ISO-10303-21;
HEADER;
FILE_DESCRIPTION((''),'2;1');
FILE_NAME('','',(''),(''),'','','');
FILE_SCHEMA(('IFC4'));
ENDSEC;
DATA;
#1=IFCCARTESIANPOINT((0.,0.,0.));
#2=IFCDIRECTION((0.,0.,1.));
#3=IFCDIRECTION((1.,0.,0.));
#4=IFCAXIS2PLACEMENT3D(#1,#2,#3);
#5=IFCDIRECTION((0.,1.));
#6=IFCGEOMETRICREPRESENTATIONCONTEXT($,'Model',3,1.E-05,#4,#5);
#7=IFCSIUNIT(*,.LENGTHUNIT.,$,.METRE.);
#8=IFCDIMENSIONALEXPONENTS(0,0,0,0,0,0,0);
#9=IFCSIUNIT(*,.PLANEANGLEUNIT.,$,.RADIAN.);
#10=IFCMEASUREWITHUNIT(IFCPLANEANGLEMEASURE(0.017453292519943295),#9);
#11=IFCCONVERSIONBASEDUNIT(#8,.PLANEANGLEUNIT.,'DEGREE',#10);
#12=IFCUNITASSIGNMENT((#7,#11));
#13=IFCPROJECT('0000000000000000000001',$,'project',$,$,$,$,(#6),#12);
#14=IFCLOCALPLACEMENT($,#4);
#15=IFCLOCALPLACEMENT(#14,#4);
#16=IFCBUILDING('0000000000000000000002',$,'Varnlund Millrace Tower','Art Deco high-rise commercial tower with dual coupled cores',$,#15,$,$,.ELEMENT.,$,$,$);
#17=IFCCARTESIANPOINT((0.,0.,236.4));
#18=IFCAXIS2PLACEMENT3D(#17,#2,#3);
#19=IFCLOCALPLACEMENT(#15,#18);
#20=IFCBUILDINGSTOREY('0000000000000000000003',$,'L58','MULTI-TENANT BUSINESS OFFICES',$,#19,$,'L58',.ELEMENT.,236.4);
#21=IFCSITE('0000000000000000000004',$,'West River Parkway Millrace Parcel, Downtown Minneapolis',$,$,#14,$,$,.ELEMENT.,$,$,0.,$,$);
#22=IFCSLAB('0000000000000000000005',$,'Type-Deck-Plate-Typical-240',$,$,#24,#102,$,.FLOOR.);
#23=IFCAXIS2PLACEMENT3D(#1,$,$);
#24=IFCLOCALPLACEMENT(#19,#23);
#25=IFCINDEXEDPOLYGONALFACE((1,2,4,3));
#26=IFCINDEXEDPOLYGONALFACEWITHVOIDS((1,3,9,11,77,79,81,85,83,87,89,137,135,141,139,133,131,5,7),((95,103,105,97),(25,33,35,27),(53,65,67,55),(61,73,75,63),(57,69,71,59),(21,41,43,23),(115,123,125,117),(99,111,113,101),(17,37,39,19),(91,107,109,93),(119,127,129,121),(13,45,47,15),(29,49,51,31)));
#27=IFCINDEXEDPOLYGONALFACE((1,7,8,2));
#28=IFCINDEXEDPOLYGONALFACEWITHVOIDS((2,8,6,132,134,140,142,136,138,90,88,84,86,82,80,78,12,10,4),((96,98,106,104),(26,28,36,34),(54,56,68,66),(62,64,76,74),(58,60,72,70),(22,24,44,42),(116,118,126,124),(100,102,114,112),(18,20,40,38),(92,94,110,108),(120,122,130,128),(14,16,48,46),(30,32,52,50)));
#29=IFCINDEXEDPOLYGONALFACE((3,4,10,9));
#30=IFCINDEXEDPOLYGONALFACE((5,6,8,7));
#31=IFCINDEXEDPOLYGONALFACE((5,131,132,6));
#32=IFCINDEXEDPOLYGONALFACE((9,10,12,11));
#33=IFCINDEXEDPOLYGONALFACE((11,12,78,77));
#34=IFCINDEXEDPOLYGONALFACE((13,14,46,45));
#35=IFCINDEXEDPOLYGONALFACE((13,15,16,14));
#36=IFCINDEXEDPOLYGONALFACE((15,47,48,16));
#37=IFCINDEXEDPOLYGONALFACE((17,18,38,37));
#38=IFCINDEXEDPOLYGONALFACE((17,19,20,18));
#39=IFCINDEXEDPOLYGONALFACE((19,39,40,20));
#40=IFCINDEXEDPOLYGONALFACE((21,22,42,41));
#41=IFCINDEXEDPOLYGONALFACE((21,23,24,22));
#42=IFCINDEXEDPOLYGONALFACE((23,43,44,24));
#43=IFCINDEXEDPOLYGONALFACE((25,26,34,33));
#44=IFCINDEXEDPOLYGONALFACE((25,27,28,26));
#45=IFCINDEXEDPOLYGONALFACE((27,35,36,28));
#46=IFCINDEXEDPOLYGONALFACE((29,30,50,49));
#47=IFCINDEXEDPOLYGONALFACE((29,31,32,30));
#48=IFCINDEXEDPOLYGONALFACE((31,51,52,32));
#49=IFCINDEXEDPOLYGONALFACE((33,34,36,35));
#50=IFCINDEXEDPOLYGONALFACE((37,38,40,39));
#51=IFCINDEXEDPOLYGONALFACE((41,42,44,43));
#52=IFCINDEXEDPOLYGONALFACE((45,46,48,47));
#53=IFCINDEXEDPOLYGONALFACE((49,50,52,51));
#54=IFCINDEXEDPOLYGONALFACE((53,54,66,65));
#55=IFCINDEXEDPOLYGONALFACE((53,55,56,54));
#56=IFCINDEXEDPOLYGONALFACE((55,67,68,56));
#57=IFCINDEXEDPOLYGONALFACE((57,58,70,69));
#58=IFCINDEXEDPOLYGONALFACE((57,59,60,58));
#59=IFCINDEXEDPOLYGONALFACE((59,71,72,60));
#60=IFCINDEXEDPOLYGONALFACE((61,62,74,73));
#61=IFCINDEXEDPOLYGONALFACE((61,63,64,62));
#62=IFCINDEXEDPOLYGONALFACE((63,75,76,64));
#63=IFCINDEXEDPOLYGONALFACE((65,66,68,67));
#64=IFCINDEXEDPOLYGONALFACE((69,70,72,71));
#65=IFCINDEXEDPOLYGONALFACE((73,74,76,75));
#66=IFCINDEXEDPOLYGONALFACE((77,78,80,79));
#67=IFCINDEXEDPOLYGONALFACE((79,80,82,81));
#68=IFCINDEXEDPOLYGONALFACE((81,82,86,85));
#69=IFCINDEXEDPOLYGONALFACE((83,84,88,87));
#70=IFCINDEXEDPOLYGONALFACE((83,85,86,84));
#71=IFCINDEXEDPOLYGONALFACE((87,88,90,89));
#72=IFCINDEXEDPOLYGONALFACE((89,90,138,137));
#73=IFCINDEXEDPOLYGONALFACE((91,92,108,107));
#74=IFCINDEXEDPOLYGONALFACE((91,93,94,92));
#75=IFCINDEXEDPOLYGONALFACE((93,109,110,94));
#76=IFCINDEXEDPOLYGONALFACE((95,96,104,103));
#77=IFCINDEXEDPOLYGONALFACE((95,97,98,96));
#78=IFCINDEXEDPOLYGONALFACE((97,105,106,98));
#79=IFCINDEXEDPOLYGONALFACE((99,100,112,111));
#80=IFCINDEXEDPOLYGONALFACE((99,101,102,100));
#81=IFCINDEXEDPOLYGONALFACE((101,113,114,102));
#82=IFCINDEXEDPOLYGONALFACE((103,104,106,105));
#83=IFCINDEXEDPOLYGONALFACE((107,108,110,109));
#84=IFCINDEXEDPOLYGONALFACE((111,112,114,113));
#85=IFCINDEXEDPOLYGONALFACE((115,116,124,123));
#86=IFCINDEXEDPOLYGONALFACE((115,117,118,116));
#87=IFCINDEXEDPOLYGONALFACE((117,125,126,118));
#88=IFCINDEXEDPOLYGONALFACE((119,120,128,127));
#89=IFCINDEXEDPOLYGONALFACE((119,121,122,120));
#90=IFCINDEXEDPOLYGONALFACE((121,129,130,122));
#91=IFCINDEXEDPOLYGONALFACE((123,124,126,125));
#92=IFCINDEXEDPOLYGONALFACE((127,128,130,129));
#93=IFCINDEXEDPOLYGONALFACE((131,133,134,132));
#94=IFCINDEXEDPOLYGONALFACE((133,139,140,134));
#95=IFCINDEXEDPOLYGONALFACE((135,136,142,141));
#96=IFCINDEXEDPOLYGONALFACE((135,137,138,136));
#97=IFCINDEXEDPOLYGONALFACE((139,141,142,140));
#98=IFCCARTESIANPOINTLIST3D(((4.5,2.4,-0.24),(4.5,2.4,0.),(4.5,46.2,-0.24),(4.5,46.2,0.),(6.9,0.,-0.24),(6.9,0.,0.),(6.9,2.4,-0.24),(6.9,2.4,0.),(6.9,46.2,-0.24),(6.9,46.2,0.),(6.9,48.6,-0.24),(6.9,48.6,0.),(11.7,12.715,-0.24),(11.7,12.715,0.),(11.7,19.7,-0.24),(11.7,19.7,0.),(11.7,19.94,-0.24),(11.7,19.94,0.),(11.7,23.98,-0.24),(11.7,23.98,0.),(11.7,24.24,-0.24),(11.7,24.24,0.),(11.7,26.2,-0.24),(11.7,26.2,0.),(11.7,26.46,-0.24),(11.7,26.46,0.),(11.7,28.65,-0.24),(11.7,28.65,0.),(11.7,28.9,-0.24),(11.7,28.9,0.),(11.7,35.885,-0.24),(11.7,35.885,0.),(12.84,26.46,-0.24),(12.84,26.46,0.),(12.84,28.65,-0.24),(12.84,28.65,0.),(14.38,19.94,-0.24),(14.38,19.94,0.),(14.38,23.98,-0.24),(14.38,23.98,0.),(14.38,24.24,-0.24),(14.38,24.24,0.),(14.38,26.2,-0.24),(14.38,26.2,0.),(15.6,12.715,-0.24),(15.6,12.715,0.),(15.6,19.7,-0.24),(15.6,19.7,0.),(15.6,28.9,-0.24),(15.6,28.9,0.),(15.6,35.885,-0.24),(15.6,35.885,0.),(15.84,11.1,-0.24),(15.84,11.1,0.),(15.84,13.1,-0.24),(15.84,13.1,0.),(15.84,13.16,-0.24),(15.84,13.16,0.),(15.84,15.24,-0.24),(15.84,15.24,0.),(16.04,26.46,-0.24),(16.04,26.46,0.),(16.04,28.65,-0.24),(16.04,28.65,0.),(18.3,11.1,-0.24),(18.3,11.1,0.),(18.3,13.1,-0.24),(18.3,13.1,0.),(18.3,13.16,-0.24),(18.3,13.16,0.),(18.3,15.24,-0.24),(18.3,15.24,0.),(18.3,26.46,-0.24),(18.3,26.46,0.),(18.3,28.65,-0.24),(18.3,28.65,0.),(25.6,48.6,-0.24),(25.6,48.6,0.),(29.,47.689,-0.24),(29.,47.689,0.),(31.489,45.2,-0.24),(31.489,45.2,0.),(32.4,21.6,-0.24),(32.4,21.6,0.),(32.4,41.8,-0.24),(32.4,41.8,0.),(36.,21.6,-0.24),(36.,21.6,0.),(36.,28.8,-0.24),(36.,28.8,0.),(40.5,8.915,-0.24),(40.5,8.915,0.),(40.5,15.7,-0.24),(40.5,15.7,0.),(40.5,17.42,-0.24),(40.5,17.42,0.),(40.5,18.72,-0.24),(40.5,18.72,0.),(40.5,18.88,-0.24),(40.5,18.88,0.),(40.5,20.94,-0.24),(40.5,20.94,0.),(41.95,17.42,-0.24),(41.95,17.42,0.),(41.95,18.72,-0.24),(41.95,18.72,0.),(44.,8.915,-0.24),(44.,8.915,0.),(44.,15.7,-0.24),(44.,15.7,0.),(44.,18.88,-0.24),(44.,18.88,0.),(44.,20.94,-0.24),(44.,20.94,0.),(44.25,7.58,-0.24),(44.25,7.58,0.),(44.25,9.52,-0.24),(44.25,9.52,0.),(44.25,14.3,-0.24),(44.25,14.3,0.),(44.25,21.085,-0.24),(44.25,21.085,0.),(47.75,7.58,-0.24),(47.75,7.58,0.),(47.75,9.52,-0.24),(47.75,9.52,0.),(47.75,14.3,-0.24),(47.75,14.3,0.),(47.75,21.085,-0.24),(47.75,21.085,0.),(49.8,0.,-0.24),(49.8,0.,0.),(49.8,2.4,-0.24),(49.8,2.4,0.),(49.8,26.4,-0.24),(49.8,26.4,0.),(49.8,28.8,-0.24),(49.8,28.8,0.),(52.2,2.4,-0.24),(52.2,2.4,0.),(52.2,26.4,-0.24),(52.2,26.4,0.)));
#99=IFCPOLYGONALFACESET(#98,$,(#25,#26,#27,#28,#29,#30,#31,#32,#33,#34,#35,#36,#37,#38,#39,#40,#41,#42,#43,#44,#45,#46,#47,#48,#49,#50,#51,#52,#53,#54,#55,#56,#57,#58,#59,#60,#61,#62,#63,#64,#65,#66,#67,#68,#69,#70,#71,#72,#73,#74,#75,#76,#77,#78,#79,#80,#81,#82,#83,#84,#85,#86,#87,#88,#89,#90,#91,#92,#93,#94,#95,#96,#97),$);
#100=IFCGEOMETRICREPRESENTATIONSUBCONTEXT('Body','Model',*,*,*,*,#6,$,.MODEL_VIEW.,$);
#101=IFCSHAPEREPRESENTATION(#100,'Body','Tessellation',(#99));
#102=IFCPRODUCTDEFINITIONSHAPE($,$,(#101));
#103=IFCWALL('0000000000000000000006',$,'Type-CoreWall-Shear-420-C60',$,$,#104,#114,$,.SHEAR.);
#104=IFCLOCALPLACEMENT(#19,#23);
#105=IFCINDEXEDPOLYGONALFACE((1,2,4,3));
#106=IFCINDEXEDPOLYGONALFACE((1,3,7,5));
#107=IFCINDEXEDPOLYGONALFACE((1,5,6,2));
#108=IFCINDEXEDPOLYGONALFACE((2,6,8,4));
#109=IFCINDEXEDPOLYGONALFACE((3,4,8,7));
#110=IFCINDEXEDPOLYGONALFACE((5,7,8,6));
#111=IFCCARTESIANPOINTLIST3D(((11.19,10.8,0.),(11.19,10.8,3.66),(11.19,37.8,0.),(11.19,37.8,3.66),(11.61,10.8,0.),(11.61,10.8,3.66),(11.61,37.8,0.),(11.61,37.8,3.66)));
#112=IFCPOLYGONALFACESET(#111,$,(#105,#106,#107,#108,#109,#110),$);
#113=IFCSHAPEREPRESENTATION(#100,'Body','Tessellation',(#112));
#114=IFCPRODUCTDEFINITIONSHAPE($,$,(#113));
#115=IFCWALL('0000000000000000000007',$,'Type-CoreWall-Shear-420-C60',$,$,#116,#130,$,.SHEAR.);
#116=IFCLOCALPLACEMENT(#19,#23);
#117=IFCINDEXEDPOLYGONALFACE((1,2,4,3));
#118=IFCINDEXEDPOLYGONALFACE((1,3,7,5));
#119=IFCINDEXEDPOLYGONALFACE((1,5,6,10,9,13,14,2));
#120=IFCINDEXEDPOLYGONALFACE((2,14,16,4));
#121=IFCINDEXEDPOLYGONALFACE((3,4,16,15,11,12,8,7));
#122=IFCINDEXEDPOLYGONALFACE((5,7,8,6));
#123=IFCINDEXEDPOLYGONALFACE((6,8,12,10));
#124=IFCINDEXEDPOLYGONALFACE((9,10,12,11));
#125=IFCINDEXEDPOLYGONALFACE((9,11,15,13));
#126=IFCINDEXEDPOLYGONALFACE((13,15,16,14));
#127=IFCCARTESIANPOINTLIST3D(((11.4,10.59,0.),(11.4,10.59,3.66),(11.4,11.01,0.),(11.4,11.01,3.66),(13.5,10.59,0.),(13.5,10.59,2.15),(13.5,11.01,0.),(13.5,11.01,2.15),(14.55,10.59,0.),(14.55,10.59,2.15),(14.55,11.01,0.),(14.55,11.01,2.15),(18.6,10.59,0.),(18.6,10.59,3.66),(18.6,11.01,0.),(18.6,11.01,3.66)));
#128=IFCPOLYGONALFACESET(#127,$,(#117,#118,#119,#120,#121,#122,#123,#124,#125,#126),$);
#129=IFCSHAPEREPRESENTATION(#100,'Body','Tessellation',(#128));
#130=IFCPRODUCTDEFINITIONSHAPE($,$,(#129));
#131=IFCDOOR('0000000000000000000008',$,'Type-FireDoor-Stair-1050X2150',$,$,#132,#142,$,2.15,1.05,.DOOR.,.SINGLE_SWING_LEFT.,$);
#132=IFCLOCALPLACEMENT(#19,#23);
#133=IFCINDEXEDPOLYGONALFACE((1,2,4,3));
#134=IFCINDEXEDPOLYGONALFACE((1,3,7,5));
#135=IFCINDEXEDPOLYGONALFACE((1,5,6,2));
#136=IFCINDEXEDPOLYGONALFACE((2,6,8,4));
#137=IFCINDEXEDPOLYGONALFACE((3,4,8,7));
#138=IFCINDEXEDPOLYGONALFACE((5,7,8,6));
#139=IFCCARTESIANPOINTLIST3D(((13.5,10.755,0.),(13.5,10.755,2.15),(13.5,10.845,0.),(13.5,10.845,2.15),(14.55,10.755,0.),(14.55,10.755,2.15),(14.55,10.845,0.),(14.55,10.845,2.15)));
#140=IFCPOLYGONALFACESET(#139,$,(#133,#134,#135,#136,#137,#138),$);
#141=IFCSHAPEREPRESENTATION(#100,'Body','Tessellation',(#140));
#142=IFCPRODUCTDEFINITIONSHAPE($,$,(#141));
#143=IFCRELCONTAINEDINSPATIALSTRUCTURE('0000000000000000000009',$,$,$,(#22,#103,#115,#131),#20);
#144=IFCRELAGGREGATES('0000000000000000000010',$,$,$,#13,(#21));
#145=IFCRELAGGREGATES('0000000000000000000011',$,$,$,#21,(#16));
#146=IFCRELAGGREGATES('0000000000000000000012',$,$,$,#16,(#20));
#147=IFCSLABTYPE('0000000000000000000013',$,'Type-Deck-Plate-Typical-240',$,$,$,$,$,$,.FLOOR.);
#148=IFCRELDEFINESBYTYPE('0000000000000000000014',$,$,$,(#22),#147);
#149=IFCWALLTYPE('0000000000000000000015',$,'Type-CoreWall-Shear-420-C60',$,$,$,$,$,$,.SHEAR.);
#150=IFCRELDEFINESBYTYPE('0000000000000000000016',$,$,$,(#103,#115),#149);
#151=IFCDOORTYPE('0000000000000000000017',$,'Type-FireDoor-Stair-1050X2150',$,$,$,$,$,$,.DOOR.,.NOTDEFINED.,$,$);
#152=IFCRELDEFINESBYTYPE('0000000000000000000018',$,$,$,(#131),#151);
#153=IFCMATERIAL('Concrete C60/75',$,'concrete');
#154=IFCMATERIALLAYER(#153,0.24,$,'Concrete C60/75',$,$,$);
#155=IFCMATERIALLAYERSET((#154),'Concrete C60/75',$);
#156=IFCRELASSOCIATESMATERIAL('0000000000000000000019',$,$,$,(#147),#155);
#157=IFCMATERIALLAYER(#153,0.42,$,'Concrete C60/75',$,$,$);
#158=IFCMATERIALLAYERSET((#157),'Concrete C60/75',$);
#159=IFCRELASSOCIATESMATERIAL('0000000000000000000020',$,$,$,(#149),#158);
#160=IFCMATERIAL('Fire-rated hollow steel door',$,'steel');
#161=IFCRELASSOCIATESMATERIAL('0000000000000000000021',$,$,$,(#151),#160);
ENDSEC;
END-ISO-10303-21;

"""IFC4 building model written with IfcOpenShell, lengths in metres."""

from ifc_helpers import new_model, entity, si_unit, converted_unit, direction, frame, origin_with_axes, origin_2d_with_axis, place, context, subcontext, project, spatial, polyline, rectangle, outline, extrude, material, layer, layer_set, type_object, element, fill, save


model = new_model("IFC4")

# Units and contexts
model_context = context("Model", 3, precision=1e-05, world=origin_with_axes(), true_north=direction((0.0, 1.0)))
body_context = subcontext(model_context, "Body", "Model", "MODEL_VIEW")
ifc_project = project(units=[si_unit("LENGTHUNIT", "METRE"), converted_unit("PLANEANGLEUNIT", "DEGREE", entity("IfcPlaneAngleMeasure", 0.017453292519943295), si_unit("PLANEANGLEUNIT", "RADIAN"), dimensions=[0, 0, 0, 0, 0, 0, 0])], contexts=[model_context])

# Site, building, storey
site_placement = place(None, origin_with_axes())
site = spatial("IfcSite", under=ifc_project, at=site_placement, Name="West River Parkway Millrace Parcel, Downtown Minneapolis", CompositionType="ELEMENT", RefElevation=0.0)
building_placement = place(site_placement, origin_with_axes())
building = spatial("IfcBuilding", under=site, at=building_placement, Name="Varnlund Millrace Tower", Description="Art Deco high-rise commercial tower with dual coupled cores", CompositionType="ELEMENT")
storey_placement = place(building_placement, frame((0.0, 0.0, 236.4), z_axis=(0.0, 0.0, 1.0), x_axis=(1.0, 0.0, 0.0)))
storey = spatial("IfcBuildingStorey", under=building, at=storey_placement, Name="L58", Description="MULTI-TENANT BUSINESS OFFICES", LongName="L58", CompositionType="ELEMENT", Elevation=236.4)

# Slab
ifc_material_1 = material(Name="Concrete C60/75", Category="concrete")
ifc_layer_1 = layer(ifc_material_1, 0.24, Name="Concrete C60/75")
ifc_layer_set_1 = layer_set([ifc_layer_1], Name="Concrete C60/75")
slab_type = type_object("IfcSlabType", Name="Type-Deck-Plate-Typical-240", PredefinedType="FLOOR", material=ifc_layer_set_1)
slab_placement = place(storey_placement, frame((0.0, 0.0, -0.24), z_axis=(0.0, 0.0, 1.0), x_axis=(1.0, 0.0, 0.0)))
element("IfcSlab", 1, at=slab_placement, inside=storey, type_object=slab_type, Name="Type-Deck-Plate-Typical-240", PredefinedType="FLOOR", context=body_context, shape_type="SweptSolid", body=[
    extrude(outline(polyline([(32.4, 21.6), (32.4, 41.8), (31.489, 45.2), (29.0, 47.689), (25.6, 48.6), (6.9, 48.6), (6.9, 46.2), (4.5, 46.2), (4.5, 2.4), (6.9, 2.4), (6.9, 0.0), (49.8, 0.0), (49.8, 2.4), (52.2, 2.4), (52.2, 26.4), (49.8, 26.4), (49.8, 28.8), (36.0, 28.8), (36.0, 21.6), (32.4, 21.6)]), holes=[polyline([(18.3, 13.1), (18.3, 11.1), (15.84, 11.1), (15.84, 13.1), (18.3, 13.1)]), polyline([(15.6, 12.715), (11.7, 12.715), (11.7, 19.7), (15.6, 19.7), (15.6, 12.715)]), polyline([(11.7, 19.94), (11.7, 23.98), (14.38, 23.98), (14.38, 19.94), (11.7, 19.94)]), polyline([(14.38, 24.24), (11.7, 24.24), (11.7, 26.2), (14.38, 26.2), (14.38, 24.24)]), polyline([(12.84, 26.46), (11.7, 26.46), (11.7, 28.65), (12.84, 28.65), (12.84, 26.46)]), polyline([(15.6, 28.9), (11.7, 28.9), (11.7, 35.885), (15.6, 35.885), (15.6, 28.9)]), polyline([(47.75, 9.52), (47.75, 7.58), (44.25, 7.58), (44.25, 9.52), (47.75, 9.52)]), polyline([(44.0, 8.915), (40.5, 8.915), (40.5, 15.7), (44.0, 15.7), (44.0, 8.915)]), polyline([(18.3, 13.16), (15.84, 13.16), (15.84, 15.24), (18.3, 15.24), (18.3, 13.16)]), polyline([(47.75, 14.3), (44.25, 14.3), (44.25, 21.085), (47.75, 21.085), (47.75, 14.3)]), polyline([(41.95, 17.42), (40.5, 17.42), (40.5, 18.72), (41.95, 18.72), (41.95, 17.42)]), polyline([(44.0, 18.88), (40.5, 18.88), (40.5, 20.94), (44.0, 20.94), (44.0, 18.88)]), polyline([(18.3, 26.46), (16.04, 26.46), (16.04, 28.65), (18.3, 28.65), (18.3, 26.46)])]), origin_with_axes(), (0.0, 0.0, 1.0), 0.24),
])

# Wall
ifc_layer_2 = layer(ifc_material_1, 0.42, Name="Concrete C60/75")
ifc_layer_set_2 = layer_set([ifc_layer_2], Name="Concrete C60/75")
wall_type = type_object("IfcWallType", Name="Type-CoreWall-Shear-420-C60", PredefinedType="SHEAR", material=ifc_layer_set_2)
wall_1_placement = place(storey_placement, frame((11.4, 10.8, 0.0), z_axis=(0.0, 0.0, 1.0), x_axis=(0.0, 1.0, 0.0)))
element("IfcWall", 2, at=wall_1_placement, inside=storey, type_object=wall_type, Name="Type-CoreWall-Shear-420-C60", PredefinedType="SHEAR", context=body_context, shape_type="SweptSolid", body=[
    extrude(outline(polyline([(0.0, -0.21), (27.0, -0.21), (27.0, 0.21), (0.0, 0.21), (0.0, -0.21)])), origin_with_axes(), (0.0, 0.0, 1.0), 3.66),
])

# Wall, opening, door
wall_2_placement = place(storey_placement, frame((11.4, 10.8, 0.0), z_axis=(0.0, 0.0, 1.0), x_axis=(1.0, 0.0, 0.0)))
wall_2 = element("IfcWall", 3, at=wall_2_placement, inside=storey, type_object=wall_type, Name="Type-CoreWall-Shear-420-C60", PredefinedType="SHEAR", context=body_context, shape_type="SweptSolid", body=[
    extrude(outline(polyline([(0.0, -0.21), (7.2, -0.21), (7.2, 0.21), (0.0, 0.21), (0.0, -0.21)])), origin_with_axes(), (0.0, 0.0, 1.0), 3.66),
])
opening_placement = place(wall_2_placement, frame((2.625, 0.0, 0.0), z_axis=(0.0, 0.0, 1.0), x_axis=(1.0, 0.0, 0.0)))
opening = element("IfcOpeningElement", 4, at=opening_placement, cuts=wall_2, PredefinedType="OPENING", context=body_context, shape_type="SweptSolid", body=[
    extrude(rectangle(XDim=1.05, YDim=0.44, at=origin_2d_with_axis()), origin_with_axes(), (0.0, 0.0, 1.0), 2.15),
])
ifc_material_2 = material(Name="Fire-rated hollow steel door", Category="steel")
door_type = type_object("IfcDoorType", Name="Type-FireDoor-Stair-1050X2150", OperationType="NOTDEFINED", PredefinedType="DOOR", material=ifc_material_2)
door_placement = place(wall_2_placement, frame((2.625, 0.0, 0.0), z_axis=(0.0, 0.0, 1.0), x_axis=(1.0, 0.0, 0.0)))
door = element("IfcDoor", 5, at=door_placement, inside=storey, type_object=door_type, Name="Type-FireDoor-Stair-1050X2150", OperationType="SINGLE_SWING_LEFT", OverallHeight=2.15, OverallWidth=1.05, PredefinedType="DOOR", context=body_context, shape_type="SweptSolid", body=[
    extrude(rectangle(XDim=1.05, YDim=0.09, at=origin_2d_with_axis()), origin_with_axes(), (0.0, 0.0, 1.0), 2.15),
])
fill(opening, door)

save(model, "model.ifc")
